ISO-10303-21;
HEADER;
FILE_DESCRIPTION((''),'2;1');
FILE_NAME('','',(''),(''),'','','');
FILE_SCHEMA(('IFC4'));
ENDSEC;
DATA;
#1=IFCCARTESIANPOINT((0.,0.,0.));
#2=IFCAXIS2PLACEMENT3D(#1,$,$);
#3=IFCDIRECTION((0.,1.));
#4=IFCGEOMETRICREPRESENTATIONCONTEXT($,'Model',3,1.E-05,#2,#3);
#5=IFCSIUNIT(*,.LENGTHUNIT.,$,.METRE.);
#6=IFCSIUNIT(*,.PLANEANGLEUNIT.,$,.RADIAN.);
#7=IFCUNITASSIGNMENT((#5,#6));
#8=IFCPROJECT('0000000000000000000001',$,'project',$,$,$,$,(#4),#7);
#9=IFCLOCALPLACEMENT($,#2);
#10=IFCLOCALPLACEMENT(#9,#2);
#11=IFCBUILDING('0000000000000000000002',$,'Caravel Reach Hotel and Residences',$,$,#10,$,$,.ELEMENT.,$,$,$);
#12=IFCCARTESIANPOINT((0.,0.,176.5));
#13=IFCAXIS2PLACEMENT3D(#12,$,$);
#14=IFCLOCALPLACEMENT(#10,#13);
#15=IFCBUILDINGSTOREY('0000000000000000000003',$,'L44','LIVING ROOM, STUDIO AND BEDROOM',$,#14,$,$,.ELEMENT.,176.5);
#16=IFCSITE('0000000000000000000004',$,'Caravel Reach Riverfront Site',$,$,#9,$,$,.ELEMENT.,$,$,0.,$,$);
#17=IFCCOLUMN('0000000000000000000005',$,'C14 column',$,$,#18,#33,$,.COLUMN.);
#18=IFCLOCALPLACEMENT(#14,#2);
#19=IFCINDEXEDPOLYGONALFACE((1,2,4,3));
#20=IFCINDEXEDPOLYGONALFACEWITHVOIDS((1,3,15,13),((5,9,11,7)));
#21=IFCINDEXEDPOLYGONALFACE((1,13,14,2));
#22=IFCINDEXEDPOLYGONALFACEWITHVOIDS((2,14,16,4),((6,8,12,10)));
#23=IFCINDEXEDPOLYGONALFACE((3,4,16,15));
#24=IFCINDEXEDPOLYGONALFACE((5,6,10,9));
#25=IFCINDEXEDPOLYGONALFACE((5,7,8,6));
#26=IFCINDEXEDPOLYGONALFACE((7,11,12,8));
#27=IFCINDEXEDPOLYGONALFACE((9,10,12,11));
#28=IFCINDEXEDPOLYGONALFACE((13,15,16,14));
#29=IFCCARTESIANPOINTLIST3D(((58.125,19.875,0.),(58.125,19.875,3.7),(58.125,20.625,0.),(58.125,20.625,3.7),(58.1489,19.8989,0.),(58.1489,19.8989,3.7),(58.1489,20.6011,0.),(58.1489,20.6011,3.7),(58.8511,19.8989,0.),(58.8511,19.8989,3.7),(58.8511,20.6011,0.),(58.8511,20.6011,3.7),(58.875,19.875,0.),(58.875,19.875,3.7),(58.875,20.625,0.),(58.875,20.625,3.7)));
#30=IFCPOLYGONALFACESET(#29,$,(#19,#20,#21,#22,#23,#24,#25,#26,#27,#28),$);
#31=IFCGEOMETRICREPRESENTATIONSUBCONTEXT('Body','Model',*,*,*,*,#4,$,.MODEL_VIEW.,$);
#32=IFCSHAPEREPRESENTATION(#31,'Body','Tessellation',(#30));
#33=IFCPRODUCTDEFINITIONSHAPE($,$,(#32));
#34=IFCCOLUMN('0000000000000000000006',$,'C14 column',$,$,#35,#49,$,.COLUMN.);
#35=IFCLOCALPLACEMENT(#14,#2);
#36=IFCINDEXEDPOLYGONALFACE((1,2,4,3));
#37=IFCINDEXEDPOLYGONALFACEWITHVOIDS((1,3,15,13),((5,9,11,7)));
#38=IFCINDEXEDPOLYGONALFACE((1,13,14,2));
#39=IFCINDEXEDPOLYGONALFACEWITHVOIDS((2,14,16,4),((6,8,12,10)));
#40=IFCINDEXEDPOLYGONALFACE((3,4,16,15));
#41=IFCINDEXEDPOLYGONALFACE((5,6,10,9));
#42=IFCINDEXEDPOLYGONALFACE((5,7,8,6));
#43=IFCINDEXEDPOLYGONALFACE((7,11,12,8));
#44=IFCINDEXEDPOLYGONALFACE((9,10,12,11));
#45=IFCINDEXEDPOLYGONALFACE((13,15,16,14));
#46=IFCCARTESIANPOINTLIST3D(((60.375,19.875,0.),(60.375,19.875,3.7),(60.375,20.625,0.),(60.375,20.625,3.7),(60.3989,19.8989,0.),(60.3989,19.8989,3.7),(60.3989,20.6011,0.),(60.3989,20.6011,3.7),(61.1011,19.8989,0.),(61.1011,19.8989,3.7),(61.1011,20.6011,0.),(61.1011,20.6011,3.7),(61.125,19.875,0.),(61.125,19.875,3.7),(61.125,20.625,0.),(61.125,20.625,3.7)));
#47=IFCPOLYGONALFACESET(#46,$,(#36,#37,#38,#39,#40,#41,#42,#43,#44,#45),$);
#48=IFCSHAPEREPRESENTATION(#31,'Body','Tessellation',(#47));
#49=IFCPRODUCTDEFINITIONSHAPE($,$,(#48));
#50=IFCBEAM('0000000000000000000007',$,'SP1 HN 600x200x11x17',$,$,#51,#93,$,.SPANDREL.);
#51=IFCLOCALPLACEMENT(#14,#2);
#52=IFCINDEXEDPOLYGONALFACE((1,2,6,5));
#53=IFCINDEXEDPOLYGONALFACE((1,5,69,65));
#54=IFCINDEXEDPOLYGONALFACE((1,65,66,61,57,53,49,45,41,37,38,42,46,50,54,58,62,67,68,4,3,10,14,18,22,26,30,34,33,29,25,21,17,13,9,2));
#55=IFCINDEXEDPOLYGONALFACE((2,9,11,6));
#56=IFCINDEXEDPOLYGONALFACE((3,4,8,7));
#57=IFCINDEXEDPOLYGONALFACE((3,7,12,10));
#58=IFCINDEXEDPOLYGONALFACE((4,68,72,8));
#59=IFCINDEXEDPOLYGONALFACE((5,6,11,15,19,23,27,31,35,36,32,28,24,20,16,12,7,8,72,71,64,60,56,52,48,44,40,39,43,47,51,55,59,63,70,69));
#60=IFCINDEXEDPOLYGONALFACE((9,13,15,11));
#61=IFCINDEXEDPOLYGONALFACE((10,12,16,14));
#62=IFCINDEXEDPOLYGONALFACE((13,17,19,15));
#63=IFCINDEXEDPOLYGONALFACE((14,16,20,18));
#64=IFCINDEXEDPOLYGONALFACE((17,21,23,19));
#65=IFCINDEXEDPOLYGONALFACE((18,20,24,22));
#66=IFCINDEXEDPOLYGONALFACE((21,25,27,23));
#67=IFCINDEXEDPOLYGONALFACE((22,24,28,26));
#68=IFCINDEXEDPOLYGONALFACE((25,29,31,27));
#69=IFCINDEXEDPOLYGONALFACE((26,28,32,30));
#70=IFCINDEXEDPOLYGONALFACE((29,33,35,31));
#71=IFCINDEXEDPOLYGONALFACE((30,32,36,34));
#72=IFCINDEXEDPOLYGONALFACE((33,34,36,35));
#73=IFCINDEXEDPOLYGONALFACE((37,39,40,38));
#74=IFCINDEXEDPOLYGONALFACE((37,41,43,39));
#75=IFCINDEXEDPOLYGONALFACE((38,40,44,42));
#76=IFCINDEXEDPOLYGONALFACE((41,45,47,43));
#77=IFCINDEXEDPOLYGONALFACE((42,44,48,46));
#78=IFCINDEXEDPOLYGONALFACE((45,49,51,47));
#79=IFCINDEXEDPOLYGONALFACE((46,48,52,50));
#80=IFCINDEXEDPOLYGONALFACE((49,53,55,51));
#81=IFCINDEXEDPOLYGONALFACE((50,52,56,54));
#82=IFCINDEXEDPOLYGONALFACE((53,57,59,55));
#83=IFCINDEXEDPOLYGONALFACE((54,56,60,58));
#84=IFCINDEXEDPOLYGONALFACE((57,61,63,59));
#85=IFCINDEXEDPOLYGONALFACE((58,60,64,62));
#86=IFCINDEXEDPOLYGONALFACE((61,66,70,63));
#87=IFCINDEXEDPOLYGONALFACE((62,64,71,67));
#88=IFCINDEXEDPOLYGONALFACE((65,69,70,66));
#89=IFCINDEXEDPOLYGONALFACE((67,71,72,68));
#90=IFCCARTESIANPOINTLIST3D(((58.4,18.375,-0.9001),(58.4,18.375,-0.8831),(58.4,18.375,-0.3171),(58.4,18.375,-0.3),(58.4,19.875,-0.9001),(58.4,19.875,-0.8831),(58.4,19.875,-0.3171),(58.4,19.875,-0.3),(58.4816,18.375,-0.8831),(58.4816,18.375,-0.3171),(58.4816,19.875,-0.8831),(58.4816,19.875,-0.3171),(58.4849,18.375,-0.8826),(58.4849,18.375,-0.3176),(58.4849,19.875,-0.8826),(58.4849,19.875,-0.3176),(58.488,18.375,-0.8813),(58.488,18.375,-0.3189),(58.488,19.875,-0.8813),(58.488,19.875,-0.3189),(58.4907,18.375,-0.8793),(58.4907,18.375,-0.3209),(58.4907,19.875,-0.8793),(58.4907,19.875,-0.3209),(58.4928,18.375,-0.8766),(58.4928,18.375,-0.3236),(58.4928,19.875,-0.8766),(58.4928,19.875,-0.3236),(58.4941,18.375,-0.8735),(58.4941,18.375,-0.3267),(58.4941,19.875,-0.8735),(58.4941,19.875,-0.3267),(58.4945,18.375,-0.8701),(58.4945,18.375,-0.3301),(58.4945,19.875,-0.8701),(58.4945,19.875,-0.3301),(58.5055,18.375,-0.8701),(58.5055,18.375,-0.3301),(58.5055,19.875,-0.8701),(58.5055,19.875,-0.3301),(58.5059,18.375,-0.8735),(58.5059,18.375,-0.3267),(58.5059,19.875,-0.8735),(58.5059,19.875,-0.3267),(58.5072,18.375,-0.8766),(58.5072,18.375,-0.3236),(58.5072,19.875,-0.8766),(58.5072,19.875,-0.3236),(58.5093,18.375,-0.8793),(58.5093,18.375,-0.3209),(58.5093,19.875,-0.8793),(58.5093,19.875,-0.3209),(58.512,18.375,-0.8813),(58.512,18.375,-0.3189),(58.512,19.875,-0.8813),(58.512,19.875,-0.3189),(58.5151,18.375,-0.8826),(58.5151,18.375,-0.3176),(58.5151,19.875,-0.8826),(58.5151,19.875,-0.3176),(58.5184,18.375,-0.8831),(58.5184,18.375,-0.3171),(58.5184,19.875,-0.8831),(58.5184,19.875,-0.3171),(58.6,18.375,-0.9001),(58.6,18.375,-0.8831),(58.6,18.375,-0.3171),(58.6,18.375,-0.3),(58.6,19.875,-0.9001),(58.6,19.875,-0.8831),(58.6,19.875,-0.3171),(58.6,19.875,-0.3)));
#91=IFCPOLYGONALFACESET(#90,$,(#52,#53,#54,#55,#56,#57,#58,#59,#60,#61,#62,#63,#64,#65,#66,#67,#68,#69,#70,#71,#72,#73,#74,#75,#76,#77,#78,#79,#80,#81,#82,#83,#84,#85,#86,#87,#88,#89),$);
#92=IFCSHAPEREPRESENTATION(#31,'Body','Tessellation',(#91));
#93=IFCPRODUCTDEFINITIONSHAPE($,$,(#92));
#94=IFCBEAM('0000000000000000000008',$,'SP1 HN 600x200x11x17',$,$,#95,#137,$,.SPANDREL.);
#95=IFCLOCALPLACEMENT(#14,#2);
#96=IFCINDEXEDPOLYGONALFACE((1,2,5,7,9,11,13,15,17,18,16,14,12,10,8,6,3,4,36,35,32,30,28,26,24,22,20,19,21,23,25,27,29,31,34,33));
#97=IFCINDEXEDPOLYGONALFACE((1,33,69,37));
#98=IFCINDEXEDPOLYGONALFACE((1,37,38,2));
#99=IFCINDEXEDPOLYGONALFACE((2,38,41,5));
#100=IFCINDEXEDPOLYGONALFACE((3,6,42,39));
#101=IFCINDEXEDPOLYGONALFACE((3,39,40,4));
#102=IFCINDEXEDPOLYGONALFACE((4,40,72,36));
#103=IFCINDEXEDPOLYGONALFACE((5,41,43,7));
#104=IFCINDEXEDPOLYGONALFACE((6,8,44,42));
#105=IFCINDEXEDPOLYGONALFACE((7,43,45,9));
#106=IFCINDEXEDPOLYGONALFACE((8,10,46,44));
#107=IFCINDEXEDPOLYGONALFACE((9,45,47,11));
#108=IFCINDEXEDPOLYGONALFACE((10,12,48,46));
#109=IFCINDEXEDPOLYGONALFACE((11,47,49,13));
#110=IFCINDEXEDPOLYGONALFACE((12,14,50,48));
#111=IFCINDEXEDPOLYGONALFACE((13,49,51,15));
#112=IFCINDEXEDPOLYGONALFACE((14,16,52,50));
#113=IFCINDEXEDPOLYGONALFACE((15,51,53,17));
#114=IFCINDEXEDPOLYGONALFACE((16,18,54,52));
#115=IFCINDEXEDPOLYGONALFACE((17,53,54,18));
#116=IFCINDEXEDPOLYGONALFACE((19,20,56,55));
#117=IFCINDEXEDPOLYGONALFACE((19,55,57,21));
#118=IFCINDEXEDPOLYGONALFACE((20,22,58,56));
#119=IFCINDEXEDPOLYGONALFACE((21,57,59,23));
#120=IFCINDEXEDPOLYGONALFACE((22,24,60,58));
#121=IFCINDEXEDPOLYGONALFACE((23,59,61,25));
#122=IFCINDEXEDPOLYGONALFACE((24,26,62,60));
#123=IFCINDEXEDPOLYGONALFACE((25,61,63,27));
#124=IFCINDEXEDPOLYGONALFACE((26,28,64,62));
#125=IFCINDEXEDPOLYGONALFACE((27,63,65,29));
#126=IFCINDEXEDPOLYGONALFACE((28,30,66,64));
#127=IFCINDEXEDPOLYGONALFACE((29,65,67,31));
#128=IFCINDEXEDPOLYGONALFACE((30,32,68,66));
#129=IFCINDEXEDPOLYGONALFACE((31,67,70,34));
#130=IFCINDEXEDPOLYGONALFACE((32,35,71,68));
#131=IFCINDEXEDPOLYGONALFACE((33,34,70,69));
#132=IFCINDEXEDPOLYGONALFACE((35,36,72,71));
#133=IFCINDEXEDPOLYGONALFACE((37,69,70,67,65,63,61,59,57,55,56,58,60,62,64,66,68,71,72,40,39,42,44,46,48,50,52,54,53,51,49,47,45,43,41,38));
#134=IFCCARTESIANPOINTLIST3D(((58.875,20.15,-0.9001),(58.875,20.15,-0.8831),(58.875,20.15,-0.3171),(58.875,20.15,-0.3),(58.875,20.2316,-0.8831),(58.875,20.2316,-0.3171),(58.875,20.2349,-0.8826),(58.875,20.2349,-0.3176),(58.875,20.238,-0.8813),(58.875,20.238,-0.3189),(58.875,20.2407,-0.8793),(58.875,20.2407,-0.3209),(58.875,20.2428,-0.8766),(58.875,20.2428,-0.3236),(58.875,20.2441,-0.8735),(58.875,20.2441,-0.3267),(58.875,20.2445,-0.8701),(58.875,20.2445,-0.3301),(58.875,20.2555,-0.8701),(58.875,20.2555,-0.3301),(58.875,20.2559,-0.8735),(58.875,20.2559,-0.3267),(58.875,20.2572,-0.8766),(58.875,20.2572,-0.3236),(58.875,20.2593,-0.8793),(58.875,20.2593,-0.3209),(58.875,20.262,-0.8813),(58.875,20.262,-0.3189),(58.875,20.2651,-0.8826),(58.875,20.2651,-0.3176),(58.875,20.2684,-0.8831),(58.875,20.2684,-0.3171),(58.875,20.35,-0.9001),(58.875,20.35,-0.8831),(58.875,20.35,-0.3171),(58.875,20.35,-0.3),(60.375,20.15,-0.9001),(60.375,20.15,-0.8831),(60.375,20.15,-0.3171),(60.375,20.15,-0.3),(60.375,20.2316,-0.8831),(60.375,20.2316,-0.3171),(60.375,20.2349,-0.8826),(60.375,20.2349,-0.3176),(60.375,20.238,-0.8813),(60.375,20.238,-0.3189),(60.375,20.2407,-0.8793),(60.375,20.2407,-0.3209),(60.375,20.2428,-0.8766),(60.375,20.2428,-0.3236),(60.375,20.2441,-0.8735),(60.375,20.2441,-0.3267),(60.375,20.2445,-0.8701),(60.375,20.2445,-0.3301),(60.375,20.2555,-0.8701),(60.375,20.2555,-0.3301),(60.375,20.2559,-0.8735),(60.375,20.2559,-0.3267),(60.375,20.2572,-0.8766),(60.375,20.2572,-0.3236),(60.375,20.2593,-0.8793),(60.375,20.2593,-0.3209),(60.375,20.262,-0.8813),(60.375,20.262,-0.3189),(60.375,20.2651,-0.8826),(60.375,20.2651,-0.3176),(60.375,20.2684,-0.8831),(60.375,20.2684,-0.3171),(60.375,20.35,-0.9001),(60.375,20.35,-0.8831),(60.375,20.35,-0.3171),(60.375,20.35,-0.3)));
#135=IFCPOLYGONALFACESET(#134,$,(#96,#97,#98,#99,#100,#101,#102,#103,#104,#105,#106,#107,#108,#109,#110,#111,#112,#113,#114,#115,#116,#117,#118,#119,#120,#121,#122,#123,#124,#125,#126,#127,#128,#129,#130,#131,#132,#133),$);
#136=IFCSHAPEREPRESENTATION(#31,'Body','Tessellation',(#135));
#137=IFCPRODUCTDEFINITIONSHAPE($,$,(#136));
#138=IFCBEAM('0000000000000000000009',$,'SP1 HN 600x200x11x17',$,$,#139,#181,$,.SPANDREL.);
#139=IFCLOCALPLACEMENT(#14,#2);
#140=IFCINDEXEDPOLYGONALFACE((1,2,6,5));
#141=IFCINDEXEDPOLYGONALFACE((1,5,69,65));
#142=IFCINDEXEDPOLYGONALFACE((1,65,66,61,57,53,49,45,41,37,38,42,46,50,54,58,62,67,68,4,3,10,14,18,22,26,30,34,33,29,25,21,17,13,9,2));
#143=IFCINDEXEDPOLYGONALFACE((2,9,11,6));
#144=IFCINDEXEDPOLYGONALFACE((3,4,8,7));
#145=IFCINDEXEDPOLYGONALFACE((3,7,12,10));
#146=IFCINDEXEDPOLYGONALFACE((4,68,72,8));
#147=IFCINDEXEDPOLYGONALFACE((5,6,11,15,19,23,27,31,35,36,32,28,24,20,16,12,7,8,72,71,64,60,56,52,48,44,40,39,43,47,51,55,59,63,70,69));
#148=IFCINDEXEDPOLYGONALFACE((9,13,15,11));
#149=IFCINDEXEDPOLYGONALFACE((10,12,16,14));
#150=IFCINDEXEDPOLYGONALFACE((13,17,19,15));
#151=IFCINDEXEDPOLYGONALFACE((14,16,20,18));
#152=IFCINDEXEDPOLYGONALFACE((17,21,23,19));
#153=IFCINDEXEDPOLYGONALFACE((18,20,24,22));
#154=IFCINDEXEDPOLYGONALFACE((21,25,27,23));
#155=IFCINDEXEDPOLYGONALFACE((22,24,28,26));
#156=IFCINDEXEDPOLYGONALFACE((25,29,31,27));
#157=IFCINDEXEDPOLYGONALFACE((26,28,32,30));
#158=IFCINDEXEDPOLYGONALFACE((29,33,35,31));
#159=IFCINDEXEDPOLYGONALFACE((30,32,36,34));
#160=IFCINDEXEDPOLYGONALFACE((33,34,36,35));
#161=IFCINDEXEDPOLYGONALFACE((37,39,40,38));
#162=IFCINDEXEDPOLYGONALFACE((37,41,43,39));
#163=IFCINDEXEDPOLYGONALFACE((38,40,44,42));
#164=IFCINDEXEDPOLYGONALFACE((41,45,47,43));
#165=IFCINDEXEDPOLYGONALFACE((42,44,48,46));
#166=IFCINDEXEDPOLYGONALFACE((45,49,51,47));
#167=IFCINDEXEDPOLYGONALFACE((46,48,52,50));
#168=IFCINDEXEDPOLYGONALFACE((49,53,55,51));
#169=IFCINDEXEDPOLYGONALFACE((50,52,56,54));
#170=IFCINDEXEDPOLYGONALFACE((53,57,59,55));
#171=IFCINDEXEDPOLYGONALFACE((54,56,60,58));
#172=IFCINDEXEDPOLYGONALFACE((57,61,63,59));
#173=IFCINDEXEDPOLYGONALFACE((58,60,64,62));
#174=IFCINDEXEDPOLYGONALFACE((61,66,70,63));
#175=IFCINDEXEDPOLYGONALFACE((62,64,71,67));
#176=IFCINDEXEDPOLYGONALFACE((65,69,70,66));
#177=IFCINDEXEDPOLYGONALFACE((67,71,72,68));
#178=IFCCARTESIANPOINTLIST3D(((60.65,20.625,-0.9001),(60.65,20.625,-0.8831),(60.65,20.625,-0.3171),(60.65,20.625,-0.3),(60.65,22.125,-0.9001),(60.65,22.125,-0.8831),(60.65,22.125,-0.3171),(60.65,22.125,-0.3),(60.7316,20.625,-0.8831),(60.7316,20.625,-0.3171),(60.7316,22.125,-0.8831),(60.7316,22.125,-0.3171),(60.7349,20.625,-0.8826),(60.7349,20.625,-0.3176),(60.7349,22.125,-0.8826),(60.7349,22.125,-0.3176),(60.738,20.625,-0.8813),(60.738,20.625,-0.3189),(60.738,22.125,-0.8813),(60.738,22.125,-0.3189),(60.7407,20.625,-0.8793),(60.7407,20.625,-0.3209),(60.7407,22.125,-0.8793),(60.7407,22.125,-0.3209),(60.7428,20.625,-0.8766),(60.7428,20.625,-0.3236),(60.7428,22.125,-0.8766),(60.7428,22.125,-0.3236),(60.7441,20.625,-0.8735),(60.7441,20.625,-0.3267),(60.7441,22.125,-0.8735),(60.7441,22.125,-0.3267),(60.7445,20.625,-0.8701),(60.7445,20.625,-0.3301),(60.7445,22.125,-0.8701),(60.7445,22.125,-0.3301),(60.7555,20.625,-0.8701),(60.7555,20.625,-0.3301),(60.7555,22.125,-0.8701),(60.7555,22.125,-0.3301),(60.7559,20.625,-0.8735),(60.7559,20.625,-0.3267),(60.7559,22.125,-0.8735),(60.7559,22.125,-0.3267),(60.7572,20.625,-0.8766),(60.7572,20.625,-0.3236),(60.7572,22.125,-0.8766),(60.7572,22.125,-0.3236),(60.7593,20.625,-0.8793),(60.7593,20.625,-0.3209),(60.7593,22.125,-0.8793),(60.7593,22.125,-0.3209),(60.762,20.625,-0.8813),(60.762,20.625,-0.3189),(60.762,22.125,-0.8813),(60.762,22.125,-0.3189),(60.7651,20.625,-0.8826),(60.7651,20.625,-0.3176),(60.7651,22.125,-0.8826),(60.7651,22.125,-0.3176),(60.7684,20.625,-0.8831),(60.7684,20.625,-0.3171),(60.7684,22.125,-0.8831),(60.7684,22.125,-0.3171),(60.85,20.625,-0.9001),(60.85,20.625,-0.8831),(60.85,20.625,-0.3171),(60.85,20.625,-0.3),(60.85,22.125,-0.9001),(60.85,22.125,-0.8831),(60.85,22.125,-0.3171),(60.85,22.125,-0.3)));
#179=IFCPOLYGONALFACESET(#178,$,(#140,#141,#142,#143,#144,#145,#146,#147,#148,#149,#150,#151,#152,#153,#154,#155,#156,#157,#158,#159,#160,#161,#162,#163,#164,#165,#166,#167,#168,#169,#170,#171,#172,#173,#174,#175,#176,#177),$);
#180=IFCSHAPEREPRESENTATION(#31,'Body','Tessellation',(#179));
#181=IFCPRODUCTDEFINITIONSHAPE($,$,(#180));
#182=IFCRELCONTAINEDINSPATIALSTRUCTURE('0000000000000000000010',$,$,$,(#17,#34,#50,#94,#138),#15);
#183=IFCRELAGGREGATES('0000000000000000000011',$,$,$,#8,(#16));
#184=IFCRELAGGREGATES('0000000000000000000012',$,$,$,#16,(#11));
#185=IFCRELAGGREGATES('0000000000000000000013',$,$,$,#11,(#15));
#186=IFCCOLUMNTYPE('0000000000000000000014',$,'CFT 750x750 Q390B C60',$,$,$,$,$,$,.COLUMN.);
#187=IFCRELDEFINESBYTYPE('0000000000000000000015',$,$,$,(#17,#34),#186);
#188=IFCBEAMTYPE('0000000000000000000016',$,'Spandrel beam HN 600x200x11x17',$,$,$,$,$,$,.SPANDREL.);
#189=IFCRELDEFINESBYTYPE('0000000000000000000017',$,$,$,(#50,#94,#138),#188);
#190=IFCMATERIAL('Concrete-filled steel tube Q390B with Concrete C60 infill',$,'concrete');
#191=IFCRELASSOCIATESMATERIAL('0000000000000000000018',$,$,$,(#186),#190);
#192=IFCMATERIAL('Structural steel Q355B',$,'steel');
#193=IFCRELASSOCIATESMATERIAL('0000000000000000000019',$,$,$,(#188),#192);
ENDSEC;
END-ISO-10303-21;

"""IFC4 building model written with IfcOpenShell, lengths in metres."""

from ifc_helpers import new_model, si_unit, direction, frame, origin, origin_2d, place, context, subcontext, project, spatial, hollow_rectangle, i_section, extrude, material, material_profile, profile_set, type_object, element, save


model = new_model("IFC4")

# Units and contexts
model_context = context("Model", 3, precision=1e-05, world=origin(), true_north=direction((0.0, 1.0)))
body_context = subcontext(model_context, "Body", "Model", "MODEL_VIEW")
ifc_project = project(units=[si_unit("LENGTHUNIT", "METRE"), si_unit("PLANEANGLEUNIT", "RADIAN")], contexts=[model_context])

# Site, building, storey
site_placement = place(None, origin())
site = spatial("IfcSite", under=ifc_project, at=site_placement, Name="Caravel Reach Riverfront Site", CompositionType="ELEMENT", RefElevation=0.0)
building_placement = place(site_placement, origin())
building = spatial("IfcBuilding", under=site, at=building_placement, Name="Caravel Reach Hotel and Residences", CompositionType="ELEMENT")
storey_placement = place(building_placement, frame((0.0, 0.0, 176.5)))
storey = spatial("IfcBuildingStorey", under=building, at=storey_placement, Name="L44", Description="LIVING ROOM, STUDIO AND BEDROOM", CompositionType="ELEMENT", Elevation=176.5)

# Columns
ifc_material_1 = material(Name="Concrete-filled steel tube Q390B with Concrete C60 infill", Category="concrete")
ifc_material_profile_1 = material_profile(ifc_material_1, hollow_rectangle(XDim=0.75, YDim=0.75, WallThickness=0.0239, at=origin_2d()), Name="RHS 750x750x24")
ifc_profile_set_1 = profile_set([ifc_material_profile_1], Name="Concrete-filled steel tube Q390B with Concrete C60 infill")
column_type = type_object("IfcColumnType", Name="CFT 750x750 Q390B C60", PredefinedType="COLUMN", material=ifc_profile_set_1)
for number, where, z_axis, x_axis, name in (
    (1, (58.5, 20.25, 0.0), (0.0, 0.0, 1.0), (1.0, 0.0, 0.0), "C14 column"),
    (2, (60.75, 20.25, 0.0), (0.0, 0.0, 1.0), (1.0, 0.0, 0.0), "C14 column"),
):
    element("IfcColumn", number, at=place(storey_placement, frame(where, z_axis=z_axis, x_axis=x_axis)), inside=storey, type_object=column_type, Name=name, PredefinedType="COLUMN", context=body_context, shape_type="SweptSolid", body=[
        extrude(hollow_rectangle(XDim=0.75, YDim=0.75, WallThickness=0.0239, at=origin_2d()), origin(), (0.0, 0.0, 1.0), 3.7),
    ])

# Beams
ifc_material_2 = material(Name="Structural steel Q355B", Category="steel")
ifc_material_profile_2 = material_profile(ifc_material_2, i_section(OverallWidth=0.2, OverallDepth=0.6001, WebThickness=0.011, FlangeThickness=0.0171, FilletRadius=0.0129, at=origin_2d()), Name="HN 600x200x11x17")
ifc_profile_set_2 = profile_set([ifc_material_profile_2], Name="Structural steel Q355B")
beam_type = type_object("IfcBeamType", Name="Spandrel beam HN 600x200x11x17", PredefinedType="SPANDREL", material=ifc_profile_set_2)
for number, where, z_axis, x_axis, name in (
    (3, (58.5, 18.375, -0.6001), (0.0, 1.0, 0.0), (-1.0, 0.0, 0.0), "SP1 HN 600x200x11x17"),
    (4, (58.875, 20.25, -0.6001), (1.0, 0.0, 0.0), (0.0, 1.0, 0.0), "SP1 HN 600x200x11x17"),
    (5, (60.75, 20.625, -0.6001), (0.0, 1.0, 0.0), (-1.0, 0.0, 0.0), "SP1 HN 600x200x11x17"),
):
    element("IfcBeam", number, at=place(storey_placement, frame(where, z_axis=z_axis, x_axis=x_axis)), inside=storey, type_object=beam_type, Name=name, PredefinedType="SPANDREL", context=body_context, shape_type="SweptSolid", body=[
        extrude(i_section(OverallWidth=0.2, OverallDepth=0.6001, WebThickness=0.011, FlangeThickness=0.0171, FilletRadius=0.0129, at=origin_2d()), origin(), (0.0, 0.0, 1.0), 1.5),
    ])

save(model, "model.ifc")
